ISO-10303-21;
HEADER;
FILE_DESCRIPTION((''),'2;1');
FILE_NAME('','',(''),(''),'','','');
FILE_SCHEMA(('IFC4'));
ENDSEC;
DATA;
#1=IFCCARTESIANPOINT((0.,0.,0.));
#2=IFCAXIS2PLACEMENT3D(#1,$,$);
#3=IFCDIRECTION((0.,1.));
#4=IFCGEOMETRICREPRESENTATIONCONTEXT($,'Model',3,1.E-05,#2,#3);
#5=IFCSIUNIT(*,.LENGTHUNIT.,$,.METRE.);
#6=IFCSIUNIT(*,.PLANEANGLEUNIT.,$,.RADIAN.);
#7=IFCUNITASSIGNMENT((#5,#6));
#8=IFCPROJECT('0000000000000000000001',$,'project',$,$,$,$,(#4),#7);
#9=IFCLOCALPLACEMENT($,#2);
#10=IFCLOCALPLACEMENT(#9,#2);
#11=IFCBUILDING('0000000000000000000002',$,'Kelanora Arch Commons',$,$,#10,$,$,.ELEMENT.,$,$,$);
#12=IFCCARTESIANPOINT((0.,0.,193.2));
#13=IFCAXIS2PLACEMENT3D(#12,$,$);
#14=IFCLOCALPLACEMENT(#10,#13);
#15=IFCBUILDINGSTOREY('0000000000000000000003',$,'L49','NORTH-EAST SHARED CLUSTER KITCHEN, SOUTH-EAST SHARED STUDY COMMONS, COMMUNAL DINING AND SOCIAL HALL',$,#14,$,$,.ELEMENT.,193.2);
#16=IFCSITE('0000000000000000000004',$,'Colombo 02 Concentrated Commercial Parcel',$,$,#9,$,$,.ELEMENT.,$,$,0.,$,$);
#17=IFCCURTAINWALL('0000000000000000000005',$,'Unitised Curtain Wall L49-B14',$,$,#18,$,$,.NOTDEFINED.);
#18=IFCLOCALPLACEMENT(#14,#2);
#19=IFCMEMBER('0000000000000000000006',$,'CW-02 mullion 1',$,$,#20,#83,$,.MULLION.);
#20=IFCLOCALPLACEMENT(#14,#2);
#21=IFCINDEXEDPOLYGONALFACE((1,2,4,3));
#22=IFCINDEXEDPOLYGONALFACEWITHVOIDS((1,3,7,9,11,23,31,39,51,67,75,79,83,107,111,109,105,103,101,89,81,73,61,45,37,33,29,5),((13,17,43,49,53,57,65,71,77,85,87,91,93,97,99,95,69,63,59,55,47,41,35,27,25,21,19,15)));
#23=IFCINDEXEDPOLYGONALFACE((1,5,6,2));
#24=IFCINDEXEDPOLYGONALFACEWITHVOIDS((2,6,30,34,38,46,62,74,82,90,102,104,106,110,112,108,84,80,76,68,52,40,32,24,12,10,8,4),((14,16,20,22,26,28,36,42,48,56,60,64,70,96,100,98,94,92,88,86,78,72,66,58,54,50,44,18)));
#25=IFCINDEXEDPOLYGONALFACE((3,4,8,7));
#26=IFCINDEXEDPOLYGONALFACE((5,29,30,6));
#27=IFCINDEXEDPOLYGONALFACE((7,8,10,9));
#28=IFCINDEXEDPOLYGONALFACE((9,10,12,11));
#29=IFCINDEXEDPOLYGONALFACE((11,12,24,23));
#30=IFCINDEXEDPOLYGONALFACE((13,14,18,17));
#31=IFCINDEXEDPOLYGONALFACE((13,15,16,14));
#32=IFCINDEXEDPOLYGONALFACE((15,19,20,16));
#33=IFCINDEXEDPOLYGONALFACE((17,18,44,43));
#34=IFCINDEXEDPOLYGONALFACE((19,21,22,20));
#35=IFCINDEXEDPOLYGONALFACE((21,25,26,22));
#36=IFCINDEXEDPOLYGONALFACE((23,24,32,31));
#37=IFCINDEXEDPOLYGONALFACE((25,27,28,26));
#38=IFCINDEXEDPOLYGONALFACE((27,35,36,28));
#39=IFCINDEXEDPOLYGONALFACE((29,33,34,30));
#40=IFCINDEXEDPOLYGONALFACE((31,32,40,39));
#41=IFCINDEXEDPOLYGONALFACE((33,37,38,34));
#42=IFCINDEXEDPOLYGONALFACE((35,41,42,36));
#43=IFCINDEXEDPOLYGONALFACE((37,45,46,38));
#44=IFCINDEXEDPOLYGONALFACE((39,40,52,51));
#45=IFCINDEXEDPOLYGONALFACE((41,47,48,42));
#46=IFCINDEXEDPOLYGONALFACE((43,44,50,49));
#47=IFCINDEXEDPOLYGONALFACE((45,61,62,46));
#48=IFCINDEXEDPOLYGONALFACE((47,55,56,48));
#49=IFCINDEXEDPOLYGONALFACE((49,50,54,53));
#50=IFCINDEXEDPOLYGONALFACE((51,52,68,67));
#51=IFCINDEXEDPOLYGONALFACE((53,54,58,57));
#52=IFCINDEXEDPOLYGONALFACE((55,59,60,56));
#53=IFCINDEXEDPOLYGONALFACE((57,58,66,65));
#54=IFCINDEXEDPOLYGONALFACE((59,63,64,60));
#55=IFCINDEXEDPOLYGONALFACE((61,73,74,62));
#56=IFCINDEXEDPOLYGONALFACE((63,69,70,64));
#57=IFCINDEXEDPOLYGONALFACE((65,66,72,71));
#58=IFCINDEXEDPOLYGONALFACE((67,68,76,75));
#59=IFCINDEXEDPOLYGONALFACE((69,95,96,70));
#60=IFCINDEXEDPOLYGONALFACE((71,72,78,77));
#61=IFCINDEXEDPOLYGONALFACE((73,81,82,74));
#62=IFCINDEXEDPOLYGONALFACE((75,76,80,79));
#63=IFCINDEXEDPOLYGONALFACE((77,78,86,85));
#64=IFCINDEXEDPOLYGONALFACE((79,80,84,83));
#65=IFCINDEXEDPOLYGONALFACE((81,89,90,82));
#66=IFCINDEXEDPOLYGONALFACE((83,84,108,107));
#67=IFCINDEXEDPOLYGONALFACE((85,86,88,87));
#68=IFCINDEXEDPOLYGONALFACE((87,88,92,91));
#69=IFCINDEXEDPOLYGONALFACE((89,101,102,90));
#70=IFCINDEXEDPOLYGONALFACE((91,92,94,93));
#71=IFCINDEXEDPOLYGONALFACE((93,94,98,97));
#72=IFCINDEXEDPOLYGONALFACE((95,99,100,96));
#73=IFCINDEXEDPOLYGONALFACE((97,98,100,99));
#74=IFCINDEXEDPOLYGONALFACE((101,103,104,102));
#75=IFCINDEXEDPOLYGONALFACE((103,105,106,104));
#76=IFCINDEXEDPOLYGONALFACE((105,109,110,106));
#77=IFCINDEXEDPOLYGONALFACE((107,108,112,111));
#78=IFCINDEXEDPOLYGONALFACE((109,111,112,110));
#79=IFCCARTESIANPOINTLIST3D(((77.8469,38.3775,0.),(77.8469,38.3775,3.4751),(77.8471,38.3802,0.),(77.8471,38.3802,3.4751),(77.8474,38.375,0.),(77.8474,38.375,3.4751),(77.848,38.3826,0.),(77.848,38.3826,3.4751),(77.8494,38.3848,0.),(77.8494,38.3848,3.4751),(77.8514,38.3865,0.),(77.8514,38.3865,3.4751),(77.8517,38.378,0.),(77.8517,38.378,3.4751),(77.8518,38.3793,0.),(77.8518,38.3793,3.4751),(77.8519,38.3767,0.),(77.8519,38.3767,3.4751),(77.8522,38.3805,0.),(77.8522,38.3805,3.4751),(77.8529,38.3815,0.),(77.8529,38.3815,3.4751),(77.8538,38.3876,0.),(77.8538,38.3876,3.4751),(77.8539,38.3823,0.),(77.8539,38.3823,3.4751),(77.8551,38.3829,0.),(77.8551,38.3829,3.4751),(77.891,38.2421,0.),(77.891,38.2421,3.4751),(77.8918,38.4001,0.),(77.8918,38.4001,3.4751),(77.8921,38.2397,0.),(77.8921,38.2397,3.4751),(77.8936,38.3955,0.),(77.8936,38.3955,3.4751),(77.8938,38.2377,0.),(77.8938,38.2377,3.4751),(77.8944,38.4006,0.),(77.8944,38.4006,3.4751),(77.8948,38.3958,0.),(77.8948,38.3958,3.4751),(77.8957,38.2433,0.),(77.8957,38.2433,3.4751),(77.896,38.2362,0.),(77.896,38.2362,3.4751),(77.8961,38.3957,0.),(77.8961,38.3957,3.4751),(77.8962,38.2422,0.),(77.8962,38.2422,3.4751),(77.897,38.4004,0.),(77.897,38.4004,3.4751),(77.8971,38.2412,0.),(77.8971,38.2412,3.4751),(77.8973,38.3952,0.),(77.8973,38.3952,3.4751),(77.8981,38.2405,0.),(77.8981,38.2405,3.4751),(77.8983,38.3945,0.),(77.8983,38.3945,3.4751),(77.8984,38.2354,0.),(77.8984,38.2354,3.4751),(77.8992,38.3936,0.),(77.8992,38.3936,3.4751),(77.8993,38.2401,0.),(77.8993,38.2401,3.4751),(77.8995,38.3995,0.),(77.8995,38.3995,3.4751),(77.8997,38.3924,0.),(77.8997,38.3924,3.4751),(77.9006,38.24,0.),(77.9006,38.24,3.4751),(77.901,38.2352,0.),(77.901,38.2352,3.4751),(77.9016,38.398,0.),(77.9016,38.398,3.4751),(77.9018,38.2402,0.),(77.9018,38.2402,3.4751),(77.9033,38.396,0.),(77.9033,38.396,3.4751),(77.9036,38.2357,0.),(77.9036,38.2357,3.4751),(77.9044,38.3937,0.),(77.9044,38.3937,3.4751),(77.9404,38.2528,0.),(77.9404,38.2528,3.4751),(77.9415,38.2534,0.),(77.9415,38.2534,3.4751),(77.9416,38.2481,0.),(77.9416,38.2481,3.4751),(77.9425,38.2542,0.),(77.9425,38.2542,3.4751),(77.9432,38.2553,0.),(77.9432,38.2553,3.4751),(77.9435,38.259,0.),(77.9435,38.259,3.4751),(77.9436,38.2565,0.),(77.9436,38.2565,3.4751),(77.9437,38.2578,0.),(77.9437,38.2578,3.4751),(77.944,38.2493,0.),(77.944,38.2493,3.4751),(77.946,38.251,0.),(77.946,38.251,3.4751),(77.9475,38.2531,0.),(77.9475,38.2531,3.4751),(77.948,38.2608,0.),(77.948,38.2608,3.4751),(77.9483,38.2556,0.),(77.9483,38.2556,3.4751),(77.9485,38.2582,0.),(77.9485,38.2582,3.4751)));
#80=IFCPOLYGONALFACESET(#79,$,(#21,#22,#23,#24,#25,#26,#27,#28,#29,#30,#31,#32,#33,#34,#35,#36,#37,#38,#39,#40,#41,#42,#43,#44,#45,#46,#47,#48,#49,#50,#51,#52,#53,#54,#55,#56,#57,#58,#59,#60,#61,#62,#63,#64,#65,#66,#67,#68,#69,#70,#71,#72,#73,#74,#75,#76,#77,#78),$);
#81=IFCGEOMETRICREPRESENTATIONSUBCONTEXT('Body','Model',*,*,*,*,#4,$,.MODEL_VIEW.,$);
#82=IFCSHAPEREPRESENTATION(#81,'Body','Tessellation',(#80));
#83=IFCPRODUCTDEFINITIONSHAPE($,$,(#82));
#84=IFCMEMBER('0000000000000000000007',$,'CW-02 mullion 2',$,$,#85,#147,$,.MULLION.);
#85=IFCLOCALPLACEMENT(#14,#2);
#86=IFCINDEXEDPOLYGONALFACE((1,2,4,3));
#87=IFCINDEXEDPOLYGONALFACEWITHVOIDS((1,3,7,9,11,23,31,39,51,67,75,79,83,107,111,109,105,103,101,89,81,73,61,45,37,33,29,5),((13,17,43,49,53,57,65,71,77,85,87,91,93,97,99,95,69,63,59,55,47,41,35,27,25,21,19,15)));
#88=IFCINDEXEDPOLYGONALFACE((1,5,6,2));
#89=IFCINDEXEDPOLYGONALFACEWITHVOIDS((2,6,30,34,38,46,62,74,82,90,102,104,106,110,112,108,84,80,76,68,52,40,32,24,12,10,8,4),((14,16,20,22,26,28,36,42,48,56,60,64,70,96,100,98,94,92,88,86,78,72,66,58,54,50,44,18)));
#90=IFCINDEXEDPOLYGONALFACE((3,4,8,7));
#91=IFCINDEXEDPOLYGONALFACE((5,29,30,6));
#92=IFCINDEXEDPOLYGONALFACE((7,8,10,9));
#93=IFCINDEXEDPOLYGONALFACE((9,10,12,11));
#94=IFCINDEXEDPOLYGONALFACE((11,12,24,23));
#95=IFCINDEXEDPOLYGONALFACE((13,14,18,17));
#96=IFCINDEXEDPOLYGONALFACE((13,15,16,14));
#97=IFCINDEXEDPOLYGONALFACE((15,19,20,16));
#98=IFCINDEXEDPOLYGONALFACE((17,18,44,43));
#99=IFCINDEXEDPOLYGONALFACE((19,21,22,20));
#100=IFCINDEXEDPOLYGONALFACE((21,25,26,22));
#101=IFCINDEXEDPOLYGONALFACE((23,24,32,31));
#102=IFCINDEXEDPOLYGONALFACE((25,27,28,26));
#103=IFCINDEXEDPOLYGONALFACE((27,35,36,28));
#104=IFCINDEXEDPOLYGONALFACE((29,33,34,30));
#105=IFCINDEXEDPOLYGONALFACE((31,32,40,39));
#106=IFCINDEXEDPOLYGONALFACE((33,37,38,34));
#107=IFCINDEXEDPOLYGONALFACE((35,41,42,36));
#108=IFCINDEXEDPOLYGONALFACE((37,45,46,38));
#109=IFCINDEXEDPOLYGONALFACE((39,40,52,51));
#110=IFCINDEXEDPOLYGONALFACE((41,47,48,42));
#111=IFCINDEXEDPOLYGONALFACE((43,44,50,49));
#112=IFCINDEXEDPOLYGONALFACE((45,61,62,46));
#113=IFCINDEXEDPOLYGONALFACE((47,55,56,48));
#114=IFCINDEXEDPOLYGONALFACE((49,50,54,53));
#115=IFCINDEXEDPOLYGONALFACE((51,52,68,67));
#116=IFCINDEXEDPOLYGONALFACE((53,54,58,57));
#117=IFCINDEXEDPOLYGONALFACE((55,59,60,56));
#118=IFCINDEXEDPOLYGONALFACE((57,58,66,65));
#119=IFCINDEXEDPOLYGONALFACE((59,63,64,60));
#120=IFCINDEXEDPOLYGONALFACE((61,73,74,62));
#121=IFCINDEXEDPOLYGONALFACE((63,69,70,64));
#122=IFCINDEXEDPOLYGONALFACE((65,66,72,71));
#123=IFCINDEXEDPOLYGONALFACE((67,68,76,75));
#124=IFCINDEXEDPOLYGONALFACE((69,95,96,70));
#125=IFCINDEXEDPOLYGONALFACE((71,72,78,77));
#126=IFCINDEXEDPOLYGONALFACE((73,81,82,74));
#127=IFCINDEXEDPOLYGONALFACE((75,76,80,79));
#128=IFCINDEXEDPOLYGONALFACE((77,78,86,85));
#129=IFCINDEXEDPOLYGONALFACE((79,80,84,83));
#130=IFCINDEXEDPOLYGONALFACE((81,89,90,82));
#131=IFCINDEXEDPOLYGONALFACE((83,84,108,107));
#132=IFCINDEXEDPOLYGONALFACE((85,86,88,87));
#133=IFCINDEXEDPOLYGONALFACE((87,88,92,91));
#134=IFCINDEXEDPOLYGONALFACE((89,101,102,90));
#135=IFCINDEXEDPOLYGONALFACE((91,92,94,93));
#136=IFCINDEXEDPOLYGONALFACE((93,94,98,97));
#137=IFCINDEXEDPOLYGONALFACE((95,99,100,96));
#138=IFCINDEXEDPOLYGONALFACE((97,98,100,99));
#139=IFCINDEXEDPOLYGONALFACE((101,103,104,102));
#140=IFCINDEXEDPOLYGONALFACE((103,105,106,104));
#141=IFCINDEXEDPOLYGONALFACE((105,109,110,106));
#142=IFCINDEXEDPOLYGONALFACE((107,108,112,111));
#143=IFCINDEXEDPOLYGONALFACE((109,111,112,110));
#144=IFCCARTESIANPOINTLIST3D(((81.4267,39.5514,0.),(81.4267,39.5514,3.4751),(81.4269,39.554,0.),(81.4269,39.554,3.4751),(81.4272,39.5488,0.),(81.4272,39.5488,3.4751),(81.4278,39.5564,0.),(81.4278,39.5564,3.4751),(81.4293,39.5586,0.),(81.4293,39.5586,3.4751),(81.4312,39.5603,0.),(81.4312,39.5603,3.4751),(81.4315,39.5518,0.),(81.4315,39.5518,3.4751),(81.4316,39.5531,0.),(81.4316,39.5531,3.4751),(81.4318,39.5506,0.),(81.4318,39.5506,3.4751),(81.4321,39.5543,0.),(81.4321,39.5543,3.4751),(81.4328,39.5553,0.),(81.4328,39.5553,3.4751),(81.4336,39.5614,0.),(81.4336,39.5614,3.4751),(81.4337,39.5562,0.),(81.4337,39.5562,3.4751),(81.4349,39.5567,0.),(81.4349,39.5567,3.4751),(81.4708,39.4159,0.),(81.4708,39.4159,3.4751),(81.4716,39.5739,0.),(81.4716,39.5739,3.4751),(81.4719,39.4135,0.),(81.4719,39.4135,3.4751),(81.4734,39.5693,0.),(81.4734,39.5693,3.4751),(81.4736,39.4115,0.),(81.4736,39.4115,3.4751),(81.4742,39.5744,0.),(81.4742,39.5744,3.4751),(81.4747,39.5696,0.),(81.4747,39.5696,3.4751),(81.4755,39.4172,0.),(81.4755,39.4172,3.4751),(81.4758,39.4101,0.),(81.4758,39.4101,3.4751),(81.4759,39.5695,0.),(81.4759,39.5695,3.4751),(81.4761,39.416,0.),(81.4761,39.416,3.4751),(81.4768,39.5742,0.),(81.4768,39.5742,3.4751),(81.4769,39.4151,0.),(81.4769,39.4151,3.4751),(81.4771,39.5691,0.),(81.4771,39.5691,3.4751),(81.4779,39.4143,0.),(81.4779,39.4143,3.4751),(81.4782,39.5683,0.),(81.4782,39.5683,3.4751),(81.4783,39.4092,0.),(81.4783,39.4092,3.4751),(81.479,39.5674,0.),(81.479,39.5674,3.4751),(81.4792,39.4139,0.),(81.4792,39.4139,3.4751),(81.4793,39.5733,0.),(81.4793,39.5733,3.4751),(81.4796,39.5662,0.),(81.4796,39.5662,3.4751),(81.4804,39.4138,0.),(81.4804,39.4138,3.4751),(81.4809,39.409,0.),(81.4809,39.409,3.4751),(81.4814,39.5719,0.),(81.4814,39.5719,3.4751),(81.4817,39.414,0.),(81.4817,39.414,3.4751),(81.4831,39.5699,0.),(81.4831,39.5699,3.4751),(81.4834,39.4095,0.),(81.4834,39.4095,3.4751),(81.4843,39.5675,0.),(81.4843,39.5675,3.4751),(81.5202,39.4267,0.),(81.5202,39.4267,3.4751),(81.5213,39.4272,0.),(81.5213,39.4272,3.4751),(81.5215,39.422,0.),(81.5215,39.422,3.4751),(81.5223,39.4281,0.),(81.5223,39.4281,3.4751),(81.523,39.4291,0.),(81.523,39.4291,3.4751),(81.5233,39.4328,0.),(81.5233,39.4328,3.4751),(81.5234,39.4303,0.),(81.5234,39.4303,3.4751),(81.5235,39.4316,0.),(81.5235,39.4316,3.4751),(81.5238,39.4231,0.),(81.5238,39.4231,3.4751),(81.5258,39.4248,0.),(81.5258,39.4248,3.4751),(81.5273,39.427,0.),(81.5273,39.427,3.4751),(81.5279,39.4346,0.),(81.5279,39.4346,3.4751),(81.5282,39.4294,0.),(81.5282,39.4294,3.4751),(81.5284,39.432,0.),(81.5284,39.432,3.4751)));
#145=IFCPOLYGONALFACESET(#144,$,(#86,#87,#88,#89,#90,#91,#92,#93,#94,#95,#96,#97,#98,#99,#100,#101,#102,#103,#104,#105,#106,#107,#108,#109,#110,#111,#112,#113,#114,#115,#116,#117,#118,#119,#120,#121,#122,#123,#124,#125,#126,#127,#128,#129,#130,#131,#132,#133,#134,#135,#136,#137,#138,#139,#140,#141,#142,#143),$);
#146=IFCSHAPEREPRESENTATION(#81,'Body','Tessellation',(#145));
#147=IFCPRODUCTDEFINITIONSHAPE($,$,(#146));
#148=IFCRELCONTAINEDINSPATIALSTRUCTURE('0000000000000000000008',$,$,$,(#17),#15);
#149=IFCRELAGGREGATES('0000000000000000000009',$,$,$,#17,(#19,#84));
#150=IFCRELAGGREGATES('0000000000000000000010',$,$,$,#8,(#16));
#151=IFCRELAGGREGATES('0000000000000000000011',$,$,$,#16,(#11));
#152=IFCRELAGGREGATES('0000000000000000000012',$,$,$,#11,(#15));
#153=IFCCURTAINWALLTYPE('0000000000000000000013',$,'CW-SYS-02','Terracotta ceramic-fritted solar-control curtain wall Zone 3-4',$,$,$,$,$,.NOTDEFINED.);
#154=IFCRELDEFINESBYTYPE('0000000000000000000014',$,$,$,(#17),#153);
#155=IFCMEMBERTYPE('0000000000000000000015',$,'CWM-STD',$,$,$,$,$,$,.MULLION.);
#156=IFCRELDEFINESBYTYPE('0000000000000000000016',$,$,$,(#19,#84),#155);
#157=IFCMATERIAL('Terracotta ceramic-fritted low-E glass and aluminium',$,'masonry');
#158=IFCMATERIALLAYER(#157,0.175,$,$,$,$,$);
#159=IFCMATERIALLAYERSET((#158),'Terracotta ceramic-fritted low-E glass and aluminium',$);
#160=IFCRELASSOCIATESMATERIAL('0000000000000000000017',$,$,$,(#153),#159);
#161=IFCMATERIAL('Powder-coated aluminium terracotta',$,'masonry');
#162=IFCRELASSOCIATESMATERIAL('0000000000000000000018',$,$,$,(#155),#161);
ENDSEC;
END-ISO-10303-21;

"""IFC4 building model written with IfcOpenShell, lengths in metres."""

from ifc_helpers import new_model, si_unit, direction, frame, origin, origin_2d, place, context, subcontext, project, spatial, hollow_rectangle, extrude, material, layer, layer_set, material_profile, profile_set, type_object, element, aggregate, save


model = new_model("IFC4")

# Units and contexts
model_context = context("Model", 3, precision=1e-05, world=origin(), true_north=direction((0.0, 1.0)))
body_context = subcontext(model_context, "Body", "Model", "MODEL_VIEW")
ifc_project = project(units=[si_unit("LENGTHUNIT", "METRE"), si_unit("PLANEANGLEUNIT", "RADIAN")], contexts=[model_context])

# Site, building, storey
site_placement = place(None, origin())
site = spatial("IfcSite", under=ifc_project, at=site_placement, Name="Colombo 02 Concentrated Commercial Parcel", CompositionType="ELEMENT", RefElevation=0.0)
building_placement = place(site_placement, origin())
building = spatial("IfcBuilding", under=site, at=building_placement, Name="Kelanora Arch Commons", CompositionType="ELEMENT")
storey_placement = place(building_placement, frame((0.0, 0.0, 193.2)))
storey = spatial("IfcBuildingStorey", under=building, at=storey_placement, Name="L49", Description="NORTH-EAST SHARED CLUSTER KITCHEN, SOUTH-EAST SHARED STUDY COMMONS, COMMUNAL DINING AND SOCIAL HALL", CompositionType="ELEMENT", Elevation=193.2)

# Curtain wall, members
ifc_material_1 = material(Name="Terracotta ceramic-fritted low-E glass and aluminium", Category="masonry")
ifc_layer_1 = layer(ifc_material_1, 0.175)
ifc_layer_set_1 = layer_set([ifc_layer_1], Name="Terracotta ceramic-fritted low-E glass and aluminium")
curtain_wall_type = type_object("IfcCurtainWallType", Name="CW-SYS-02", Description="Terracotta ceramic-fritted solar-control curtain wall Zone 3-4", PredefinedType="NOTDEFINED", material=ifc_layer_set_1)
curtain_wall_placement = place(storey_placement, origin())
curtain_wall = element("IfcCurtainWall", 1, at=curtain_wall_placement, inside=storey, type_object=curtain_wall_type, Name="Unitised Curtain Wall L49-B14", PredefinedType="NOTDEFINED")
ifc_material_2 = material(Name="Powder-coated aluminium terracotta", Category="masonry")
ifc_material_profile_1 = material_profile(ifc_material_2, hollow_rectangle(XDim=0.1599, YDim=0.0601, WallThickness=0.0049, InnerFilletRadius=0.0049, OuterFilletRadius=0.01, at=origin_2d()), Name="CWM160x60")
ifc_profile_set_1 = profile_set([ifc_material_profile_1], Name="Powder-coated aluminium terracotta")
member_type_1 = type_object("IfcMemberType", Name="CWM-STD", PredefinedType="MULLION", material=ifc_profile_set_1)
member_1_placement = place(storey_placement, frame((77.8977, 38.3179, 0.0), z_axis=(0.0, 0.0, 1.0), x_axis=(-0.311582, 0.950219, 0.0)))
member_1 = element("IfcMember", 2, at=member_1_placement, type_object=member_type_1, Name="CW-02 mullion 1", PredefinedType="MULLION", context=body_context, shape_type="SweptSolid", body=[
    extrude(hollow_rectangle(XDim=0.1599, YDim=0.0601, WallThickness=0.0049, InnerFilletRadius=0.0049, OuterFilletRadius=0.01, at=origin_2d()), origin(), (0.0, 0.0, 1.0), 3.4751),
])
member_2_placement = place(storey_placement, frame((81.4775, 39.4917, 0.0), z_axis=(0.0, 0.0, 1.0), x_axis=(-0.311582, 0.950219, 0.0)))
member_2 = element("IfcMember", 3, at=member_2_placement, type_object=member_type_1, Name="CW-02 mullion 2", PredefinedType="MULLION", context=body_context, shape_type="SweptSolid", body=[
    extrude(hollow_rectangle(XDim=0.1599, YDim=0.0601, WallThickness=0.0049, InnerFilletRadius=0.0049, OuterFilletRadius=0.01, at=origin_2d()), origin(), (0.0, 0.0, 1.0), 3.4751),
])
aggregate(curtain_wall, [member_1, member_2])

save(model, "model.ifc")
